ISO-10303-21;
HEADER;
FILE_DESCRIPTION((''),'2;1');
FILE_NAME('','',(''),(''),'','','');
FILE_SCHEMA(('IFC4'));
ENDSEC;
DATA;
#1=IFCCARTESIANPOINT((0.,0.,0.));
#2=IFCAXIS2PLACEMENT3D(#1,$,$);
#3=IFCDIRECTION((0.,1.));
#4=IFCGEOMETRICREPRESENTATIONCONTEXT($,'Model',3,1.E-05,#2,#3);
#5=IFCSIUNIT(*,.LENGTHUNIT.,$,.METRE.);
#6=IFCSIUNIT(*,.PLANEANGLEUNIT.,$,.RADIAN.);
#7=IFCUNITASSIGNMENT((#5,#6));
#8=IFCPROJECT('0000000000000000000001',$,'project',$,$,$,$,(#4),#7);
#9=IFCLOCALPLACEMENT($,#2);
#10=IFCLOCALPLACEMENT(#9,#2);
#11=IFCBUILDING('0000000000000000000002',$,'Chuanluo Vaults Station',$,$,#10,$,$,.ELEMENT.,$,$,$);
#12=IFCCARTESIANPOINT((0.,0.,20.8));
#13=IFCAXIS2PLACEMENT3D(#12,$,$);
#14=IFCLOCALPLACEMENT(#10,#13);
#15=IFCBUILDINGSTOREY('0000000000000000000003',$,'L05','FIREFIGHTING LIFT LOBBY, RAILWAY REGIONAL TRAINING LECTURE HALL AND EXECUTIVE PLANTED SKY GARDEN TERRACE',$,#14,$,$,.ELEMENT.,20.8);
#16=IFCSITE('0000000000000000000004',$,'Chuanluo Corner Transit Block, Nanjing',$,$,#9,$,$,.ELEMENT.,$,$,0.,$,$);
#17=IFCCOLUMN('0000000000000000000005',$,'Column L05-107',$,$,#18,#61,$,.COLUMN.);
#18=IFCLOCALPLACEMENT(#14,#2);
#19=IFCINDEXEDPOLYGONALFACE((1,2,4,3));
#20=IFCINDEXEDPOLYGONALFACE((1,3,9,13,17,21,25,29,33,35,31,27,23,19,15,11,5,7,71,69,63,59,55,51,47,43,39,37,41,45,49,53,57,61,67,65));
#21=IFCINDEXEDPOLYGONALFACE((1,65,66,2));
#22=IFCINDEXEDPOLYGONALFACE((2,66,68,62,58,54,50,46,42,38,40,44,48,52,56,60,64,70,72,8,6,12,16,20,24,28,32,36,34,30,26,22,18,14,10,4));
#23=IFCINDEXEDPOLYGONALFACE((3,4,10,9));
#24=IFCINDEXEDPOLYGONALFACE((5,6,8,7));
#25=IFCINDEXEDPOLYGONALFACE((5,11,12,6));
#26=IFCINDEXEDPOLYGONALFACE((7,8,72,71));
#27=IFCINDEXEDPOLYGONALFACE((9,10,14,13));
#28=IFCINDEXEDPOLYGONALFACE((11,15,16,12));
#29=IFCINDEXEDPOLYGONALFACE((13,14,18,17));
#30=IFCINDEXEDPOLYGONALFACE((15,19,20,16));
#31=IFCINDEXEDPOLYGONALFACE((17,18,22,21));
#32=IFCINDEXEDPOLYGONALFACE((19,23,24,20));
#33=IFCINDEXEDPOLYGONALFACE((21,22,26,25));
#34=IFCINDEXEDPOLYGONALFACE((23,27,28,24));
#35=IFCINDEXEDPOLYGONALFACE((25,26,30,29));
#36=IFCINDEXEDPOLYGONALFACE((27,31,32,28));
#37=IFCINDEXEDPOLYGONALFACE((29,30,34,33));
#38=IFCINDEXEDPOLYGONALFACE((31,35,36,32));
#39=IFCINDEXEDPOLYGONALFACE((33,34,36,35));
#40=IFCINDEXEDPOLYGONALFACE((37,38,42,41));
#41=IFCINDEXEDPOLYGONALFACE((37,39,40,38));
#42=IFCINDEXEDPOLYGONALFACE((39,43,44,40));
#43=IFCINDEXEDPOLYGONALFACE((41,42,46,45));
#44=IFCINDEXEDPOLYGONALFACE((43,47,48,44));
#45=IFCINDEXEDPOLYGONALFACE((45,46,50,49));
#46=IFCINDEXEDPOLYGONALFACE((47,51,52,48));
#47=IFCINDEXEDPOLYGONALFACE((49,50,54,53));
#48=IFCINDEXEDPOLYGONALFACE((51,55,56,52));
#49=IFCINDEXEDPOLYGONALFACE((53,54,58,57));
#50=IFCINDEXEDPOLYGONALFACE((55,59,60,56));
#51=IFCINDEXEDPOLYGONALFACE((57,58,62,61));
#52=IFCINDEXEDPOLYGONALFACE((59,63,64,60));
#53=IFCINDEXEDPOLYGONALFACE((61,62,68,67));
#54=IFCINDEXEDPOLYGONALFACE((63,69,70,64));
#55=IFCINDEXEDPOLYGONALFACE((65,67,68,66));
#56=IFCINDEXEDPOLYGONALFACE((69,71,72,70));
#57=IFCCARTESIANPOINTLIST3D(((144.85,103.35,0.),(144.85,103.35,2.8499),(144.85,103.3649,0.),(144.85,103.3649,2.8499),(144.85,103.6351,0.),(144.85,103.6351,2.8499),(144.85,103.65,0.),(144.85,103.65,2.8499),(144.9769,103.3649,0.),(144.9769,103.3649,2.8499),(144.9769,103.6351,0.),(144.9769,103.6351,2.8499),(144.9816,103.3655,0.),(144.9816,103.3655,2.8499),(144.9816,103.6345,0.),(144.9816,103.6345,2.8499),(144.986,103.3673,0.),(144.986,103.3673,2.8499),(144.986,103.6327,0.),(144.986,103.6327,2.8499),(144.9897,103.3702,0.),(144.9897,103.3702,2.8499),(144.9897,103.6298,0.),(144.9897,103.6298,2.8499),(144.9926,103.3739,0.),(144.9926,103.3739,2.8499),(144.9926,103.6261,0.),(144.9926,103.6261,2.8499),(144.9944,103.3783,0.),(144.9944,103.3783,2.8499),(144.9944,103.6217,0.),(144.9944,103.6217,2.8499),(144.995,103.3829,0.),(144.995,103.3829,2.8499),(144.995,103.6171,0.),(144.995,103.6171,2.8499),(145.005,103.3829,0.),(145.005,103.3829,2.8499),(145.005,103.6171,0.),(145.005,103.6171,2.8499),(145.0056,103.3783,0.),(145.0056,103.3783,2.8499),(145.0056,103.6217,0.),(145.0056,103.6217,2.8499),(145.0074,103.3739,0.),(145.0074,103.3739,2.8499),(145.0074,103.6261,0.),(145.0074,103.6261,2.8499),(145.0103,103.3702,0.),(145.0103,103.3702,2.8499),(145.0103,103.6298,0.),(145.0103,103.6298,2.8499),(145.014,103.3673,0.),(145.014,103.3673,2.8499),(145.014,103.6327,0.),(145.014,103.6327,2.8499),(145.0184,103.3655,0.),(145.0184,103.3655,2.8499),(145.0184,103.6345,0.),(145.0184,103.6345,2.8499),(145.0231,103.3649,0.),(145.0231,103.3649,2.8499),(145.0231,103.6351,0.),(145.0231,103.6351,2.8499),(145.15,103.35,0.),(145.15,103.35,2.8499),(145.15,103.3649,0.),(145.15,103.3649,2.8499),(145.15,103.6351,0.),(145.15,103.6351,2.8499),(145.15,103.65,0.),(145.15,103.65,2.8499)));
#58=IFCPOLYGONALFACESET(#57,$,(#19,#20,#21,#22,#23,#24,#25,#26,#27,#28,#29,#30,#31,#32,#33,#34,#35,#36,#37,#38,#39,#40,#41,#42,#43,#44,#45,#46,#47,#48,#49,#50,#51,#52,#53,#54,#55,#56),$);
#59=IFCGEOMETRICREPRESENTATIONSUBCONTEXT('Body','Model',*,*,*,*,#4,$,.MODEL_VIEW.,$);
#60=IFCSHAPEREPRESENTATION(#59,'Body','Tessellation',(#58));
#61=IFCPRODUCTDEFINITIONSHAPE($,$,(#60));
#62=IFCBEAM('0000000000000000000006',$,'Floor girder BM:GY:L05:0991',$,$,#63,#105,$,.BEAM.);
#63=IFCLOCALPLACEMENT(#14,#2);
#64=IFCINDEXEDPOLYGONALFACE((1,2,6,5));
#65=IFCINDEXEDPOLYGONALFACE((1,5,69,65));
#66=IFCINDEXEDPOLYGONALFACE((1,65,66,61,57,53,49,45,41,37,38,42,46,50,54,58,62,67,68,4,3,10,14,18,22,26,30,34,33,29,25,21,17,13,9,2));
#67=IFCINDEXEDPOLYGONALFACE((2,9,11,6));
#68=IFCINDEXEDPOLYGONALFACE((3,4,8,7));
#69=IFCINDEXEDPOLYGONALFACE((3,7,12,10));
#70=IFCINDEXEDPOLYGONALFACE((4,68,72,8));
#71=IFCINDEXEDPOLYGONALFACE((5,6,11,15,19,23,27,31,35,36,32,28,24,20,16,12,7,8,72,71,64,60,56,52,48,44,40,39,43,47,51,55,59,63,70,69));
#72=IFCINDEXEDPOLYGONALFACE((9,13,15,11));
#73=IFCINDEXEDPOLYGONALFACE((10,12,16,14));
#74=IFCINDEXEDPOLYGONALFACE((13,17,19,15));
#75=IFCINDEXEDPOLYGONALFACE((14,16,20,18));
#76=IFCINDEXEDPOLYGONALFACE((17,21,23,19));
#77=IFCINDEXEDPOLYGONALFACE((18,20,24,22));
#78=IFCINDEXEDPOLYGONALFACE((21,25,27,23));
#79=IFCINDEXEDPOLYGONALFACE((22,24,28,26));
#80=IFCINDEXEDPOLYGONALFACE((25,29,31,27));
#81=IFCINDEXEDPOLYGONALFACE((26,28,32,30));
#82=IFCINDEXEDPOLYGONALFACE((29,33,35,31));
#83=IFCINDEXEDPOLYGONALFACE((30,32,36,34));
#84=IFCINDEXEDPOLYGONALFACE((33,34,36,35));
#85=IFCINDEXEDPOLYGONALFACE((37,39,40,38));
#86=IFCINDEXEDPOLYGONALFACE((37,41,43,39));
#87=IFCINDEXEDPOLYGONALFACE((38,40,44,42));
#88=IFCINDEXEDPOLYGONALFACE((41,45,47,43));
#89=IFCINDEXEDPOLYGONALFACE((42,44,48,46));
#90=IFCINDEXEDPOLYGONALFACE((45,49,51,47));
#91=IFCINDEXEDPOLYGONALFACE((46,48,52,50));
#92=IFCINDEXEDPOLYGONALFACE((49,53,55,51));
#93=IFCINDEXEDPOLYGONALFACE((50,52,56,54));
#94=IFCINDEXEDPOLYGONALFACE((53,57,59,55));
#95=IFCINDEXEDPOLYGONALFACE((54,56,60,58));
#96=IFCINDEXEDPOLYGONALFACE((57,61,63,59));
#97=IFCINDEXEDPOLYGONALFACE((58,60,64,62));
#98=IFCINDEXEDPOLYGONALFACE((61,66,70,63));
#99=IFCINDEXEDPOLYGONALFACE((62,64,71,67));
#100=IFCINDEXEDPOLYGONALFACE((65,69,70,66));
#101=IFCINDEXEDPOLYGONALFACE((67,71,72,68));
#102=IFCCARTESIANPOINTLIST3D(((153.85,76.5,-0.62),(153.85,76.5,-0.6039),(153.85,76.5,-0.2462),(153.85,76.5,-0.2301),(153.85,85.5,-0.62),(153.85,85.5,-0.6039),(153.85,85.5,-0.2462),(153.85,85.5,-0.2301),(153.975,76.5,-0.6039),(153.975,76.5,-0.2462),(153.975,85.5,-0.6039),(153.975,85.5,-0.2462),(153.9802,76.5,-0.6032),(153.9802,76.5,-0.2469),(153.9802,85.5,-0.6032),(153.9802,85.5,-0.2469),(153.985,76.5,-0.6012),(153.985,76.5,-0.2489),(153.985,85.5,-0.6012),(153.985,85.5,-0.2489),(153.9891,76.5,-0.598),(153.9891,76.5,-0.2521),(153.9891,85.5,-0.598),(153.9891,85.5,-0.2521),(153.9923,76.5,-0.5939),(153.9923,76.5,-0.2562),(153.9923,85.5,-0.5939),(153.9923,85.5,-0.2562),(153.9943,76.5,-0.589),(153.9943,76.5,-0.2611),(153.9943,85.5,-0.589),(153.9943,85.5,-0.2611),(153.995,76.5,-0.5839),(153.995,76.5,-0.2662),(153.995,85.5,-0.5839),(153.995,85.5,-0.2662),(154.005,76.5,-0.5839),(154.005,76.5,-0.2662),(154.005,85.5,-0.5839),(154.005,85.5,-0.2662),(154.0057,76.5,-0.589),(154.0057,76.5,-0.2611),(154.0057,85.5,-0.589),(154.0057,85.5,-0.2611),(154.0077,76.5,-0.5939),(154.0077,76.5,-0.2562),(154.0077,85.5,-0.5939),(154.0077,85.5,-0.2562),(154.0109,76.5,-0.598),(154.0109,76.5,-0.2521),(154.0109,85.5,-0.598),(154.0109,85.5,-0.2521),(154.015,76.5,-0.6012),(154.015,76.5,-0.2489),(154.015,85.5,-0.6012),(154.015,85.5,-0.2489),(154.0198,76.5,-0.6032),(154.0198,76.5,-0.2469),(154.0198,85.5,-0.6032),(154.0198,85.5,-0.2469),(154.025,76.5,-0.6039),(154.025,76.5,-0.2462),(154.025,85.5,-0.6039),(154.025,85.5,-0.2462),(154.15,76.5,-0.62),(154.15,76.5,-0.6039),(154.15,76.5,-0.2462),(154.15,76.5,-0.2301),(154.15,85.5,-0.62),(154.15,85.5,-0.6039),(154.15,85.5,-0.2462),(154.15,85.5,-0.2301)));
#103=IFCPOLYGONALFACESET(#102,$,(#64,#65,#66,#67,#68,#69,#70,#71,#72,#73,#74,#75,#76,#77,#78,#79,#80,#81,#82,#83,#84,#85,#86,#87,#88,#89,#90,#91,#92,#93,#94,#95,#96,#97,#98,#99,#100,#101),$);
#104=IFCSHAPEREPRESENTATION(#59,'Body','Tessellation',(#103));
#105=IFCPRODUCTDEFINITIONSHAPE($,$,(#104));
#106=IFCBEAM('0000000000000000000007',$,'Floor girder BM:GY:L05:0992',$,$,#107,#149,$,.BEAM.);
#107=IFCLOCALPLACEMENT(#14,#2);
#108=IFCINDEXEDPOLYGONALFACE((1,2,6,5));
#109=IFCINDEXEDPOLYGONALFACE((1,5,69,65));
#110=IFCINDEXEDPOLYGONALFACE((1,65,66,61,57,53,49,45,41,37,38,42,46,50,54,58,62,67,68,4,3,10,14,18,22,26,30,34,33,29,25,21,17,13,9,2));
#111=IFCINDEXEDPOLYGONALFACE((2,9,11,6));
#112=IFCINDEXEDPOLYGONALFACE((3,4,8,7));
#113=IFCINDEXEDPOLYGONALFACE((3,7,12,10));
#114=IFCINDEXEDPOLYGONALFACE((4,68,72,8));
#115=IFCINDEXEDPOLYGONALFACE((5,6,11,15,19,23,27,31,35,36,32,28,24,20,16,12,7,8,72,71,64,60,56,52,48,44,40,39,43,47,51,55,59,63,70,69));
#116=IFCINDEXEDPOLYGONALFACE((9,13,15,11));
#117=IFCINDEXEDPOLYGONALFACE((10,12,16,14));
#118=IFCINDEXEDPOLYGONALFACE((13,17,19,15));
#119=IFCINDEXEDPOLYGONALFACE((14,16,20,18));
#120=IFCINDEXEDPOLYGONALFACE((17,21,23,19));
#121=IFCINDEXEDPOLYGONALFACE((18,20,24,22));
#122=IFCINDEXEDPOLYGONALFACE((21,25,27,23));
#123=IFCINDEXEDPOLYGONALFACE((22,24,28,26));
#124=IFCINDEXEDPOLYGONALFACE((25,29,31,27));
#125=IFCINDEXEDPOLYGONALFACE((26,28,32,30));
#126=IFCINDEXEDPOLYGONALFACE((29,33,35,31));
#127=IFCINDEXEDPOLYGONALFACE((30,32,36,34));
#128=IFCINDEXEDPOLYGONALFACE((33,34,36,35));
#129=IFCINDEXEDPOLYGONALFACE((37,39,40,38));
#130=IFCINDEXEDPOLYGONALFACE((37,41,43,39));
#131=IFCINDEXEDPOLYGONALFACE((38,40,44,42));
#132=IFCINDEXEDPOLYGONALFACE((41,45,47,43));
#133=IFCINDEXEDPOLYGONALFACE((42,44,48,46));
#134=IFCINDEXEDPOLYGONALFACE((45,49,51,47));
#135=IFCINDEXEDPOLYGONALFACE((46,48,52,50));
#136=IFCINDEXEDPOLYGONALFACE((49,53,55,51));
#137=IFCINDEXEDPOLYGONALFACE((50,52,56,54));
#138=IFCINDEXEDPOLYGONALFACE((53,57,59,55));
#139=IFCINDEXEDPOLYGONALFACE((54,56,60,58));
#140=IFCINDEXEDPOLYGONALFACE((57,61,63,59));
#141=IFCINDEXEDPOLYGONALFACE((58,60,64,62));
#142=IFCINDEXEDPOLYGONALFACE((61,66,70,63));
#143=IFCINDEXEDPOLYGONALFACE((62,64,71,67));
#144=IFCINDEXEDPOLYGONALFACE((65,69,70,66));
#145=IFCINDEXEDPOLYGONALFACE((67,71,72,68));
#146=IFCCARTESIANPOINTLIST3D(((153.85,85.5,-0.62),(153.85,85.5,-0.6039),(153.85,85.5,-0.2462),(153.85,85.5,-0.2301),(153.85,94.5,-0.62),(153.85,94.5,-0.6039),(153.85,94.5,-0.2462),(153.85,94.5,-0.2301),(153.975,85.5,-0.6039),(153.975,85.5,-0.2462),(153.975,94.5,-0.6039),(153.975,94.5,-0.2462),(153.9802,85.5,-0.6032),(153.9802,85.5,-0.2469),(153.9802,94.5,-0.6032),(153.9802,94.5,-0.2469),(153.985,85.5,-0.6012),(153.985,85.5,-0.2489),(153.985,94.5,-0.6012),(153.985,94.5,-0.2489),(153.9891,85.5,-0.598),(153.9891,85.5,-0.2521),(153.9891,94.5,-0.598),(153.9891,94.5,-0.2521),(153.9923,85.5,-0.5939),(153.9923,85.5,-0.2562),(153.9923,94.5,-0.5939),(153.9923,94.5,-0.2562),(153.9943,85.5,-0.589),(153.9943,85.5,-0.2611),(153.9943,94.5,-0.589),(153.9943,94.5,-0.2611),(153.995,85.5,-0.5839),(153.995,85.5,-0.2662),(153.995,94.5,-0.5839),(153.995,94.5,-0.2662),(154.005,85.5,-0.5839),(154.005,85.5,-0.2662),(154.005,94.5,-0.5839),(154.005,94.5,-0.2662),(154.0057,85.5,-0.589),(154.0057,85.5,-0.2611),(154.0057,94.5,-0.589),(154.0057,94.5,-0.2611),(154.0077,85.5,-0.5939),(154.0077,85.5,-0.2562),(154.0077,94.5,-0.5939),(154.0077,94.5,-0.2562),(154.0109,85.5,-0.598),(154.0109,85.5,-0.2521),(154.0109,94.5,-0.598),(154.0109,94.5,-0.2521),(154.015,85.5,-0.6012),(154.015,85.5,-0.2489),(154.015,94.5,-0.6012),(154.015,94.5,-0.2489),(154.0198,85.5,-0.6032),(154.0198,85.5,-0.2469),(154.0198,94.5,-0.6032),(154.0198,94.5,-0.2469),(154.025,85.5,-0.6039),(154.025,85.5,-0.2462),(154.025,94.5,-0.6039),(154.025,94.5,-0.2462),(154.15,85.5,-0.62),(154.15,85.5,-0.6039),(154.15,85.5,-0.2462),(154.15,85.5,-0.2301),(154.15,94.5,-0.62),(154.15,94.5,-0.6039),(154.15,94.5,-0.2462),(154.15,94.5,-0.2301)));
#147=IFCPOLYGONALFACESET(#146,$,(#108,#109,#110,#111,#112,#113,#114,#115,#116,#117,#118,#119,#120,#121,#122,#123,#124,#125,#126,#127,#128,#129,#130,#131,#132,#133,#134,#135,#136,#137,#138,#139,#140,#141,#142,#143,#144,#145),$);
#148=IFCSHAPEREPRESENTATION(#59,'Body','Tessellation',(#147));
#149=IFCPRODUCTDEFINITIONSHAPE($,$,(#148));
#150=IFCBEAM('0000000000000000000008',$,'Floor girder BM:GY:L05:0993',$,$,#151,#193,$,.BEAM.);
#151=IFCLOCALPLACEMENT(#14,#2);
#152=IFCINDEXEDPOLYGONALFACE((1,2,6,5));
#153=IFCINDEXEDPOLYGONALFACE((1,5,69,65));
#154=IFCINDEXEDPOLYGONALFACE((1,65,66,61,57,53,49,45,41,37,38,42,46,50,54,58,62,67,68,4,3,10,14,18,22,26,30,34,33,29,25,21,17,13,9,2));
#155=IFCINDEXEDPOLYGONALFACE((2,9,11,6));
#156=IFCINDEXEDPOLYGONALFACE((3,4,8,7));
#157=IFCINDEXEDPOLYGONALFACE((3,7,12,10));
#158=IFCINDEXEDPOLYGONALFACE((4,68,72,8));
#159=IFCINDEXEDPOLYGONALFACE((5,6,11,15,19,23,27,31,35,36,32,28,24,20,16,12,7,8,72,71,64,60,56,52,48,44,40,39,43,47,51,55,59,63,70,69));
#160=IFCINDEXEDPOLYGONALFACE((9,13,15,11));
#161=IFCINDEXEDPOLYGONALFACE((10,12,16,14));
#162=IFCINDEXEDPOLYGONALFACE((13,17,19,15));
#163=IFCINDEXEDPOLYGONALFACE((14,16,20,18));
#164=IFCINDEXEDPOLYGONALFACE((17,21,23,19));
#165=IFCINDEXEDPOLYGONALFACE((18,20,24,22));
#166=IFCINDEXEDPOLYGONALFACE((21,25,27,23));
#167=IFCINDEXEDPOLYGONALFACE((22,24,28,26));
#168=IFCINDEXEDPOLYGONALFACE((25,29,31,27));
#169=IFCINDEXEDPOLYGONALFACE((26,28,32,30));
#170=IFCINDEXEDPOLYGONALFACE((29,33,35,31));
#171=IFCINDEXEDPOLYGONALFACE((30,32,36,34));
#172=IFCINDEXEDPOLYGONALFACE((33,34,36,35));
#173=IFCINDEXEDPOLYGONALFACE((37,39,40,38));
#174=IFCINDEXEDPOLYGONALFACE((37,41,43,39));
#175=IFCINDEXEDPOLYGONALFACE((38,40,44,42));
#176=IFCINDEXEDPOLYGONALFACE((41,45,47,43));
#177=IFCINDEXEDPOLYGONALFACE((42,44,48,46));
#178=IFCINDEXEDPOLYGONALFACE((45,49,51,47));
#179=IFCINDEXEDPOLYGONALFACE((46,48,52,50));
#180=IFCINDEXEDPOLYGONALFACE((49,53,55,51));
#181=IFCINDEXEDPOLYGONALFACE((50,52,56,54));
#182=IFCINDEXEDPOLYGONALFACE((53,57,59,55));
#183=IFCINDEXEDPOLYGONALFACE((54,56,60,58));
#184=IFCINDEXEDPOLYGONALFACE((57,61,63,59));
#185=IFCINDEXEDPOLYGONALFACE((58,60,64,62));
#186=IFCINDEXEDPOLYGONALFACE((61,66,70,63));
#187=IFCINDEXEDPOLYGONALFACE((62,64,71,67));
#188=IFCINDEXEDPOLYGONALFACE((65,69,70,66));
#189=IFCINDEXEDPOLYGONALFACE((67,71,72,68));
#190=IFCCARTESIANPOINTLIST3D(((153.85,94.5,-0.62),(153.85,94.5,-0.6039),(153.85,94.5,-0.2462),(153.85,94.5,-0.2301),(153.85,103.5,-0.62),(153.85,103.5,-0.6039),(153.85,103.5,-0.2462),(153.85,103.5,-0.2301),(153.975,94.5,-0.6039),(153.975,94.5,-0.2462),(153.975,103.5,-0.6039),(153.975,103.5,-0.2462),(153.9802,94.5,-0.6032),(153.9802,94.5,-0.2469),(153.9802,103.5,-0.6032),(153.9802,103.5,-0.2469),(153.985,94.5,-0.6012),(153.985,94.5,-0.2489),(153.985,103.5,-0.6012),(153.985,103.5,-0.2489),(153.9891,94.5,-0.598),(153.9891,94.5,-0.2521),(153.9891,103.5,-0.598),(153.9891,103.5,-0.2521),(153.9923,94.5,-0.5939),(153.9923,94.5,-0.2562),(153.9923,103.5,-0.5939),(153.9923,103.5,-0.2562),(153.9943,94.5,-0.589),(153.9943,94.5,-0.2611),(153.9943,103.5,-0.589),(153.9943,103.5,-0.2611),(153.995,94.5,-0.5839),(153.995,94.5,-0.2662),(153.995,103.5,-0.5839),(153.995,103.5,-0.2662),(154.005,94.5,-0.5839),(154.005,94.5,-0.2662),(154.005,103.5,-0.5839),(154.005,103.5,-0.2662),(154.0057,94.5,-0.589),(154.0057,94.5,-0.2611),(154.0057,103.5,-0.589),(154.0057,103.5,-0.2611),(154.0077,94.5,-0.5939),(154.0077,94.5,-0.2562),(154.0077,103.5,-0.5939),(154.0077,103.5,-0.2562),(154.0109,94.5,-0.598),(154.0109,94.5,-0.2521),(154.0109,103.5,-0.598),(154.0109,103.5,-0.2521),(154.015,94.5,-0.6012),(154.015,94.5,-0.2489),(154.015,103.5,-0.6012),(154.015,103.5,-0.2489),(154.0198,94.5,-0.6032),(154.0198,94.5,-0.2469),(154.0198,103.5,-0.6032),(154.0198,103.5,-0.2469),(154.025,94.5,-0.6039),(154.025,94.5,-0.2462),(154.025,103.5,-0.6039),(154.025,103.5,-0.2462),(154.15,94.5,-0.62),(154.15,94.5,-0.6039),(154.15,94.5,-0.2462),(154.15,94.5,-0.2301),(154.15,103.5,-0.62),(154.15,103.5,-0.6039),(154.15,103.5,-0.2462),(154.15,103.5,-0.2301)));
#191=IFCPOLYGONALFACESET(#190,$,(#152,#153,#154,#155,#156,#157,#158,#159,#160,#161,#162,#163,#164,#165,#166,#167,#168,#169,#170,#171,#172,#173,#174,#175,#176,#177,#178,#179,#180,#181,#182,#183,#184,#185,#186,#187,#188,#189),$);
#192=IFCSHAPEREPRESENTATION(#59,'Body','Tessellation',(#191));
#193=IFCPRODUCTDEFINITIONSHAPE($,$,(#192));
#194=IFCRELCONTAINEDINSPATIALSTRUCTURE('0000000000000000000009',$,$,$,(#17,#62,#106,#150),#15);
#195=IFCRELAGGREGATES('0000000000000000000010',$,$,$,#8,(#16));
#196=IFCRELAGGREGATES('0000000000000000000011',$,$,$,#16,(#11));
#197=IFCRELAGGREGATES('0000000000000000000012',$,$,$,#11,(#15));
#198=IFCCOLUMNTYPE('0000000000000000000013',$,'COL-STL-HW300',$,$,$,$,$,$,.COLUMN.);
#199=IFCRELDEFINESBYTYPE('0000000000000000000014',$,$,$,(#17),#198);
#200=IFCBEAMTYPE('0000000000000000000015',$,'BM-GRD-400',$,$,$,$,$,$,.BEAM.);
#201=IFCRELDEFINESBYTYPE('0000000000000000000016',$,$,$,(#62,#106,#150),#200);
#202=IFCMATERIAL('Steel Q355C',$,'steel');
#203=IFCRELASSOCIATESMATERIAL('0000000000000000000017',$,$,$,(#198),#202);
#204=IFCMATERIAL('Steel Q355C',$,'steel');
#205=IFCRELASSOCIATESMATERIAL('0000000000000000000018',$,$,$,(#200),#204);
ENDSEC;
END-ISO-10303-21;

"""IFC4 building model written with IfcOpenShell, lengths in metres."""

from ifc_helpers import new_model, si_unit, direction, frame, origin, origin_2d, place, context, subcontext, project, spatial, i_section, extrude, material, material_profile, profile_set, type_object, element, save


model = new_model("IFC4")

# Units and contexts
model_context = context("Model", 3, precision=1e-05, world=origin(), true_north=direction((0.0, 1.0)))
body_context = subcontext(model_context, "Body", "Model", "MODEL_VIEW")
ifc_project = project(units=[si_unit("LENGTHUNIT", "METRE"), si_unit("PLANEANGLEUNIT", "RADIAN")], contexts=[model_context])

# Site, building, storey
site_placement = place(None, origin())
site = spatial("IfcSite", under=ifc_project, at=site_placement, Name="Chuanluo Corner Transit Block, Nanjing", CompositionType="ELEMENT", RefElevation=0.0)
building_placement = place(site_placement, origin())
building = spatial("IfcBuilding", under=site, at=building_placement, Name="Chuanluo Vaults Station", CompositionType="ELEMENT")
storey_placement = place(building_placement, frame((0.0, 0.0, 20.8)))
storey = spatial("IfcBuildingStorey", under=building, at=storey_placement, Name="L05", Description="FIREFIGHTING LIFT LOBBY, RAILWAY REGIONAL TRAINING LECTURE HALL AND EXECUTIVE PLANTED SKY GARDEN TERRACE", CompositionType="ELEMENT", Elevation=20.8)

# Column
ifc_material_1 = material(Name="Steel Q355C", Category="steel")
ifc_material_profile_1 = material_profile(ifc_material_1, i_section(OverallWidth=0.3, OverallDepth=0.3, WebThickness=0.01, FlangeThickness=0.0149, FilletRadius=0.0181, at=origin_2d()))
ifc_profile_set_1 = profile_set([ifc_material_profile_1], Name="Steel Q355C")
column_type = type_object("IfcColumnType", Name="COL-STL-HW300", PredefinedType="COLUMN", material=ifc_profile_set_1)
column_placement = place(storey_placement, frame((145.0, 103.5, 0.0), z_axis=(0.0, 0.0, 1.0), x_axis=(1.0, 0.0, 0.0)))
element("IfcColumn", 1, at=column_placement, inside=storey, type_object=column_type, Name="Column L05-107", PredefinedType="COLUMN", context=body_context, shape_type="SweptSolid", body=[
    extrude(i_section(OverallWidth=0.3, OverallDepth=0.3, WebThickness=0.01, FlangeThickness=0.0149, FilletRadius=0.0181, at=origin_2d()), origin(), (0.0, 0.0, 1.0), 2.8499),
])

# Beams
ifc_material_2 = material(Name="Steel Q355C", Category="steel")
ifc_material_profile_2 = material_profile(ifc_material_2, i_section(OverallWidth=0.3, OverallDepth=0.3899, WebThickness=0.01, FlangeThickness=0.0161, FilletRadius=0.02, at=origin_2d()))
ifc_profile_set_2 = profile_set([ifc_material_profile_2], Name="Steel Q355C")
beam_type_1 = type_object("IfcBeamType", Name="BM-GRD-400", PredefinedType="BEAM", material=ifc_profile_set_2)
for number, where, z_axis, x_axis, name in (
    (2, (154.0, 76.5, -0.425), (0.0, 1.0, 0.0), (-1.0, 0.0, 0.0), "Floor girder BM:GY:L05:0991"),
    (3, (154.0, 85.5, -0.425), (0.0, 1.0, 0.0), (-1.0, 0.0, 0.0), "Floor girder BM:GY:L05:0992"),
    (4, (154.0, 94.5, -0.425), (0.0, 1.0, 0.0), (-1.0, 0.0, 0.0), "Floor girder BM:GY:L05:0993"),
):
    element("IfcBeam", number, at=place(storey_placement, frame(where, z_axis=z_axis, x_axis=x_axis)), inside=storey, type_object=beam_type_1, Name=name, PredefinedType="BEAM", context=body_context, shape_type="SweptSolid", body=[
        extrude(i_section(OverallWidth=0.3, OverallDepth=0.3899, WebThickness=0.01, FlangeThickness=0.0161, FilletRadius=0.02, at=origin_2d()), origin(), (0.0, 0.0, 1.0), 9.0),
    ])

save(model, "model.ifc")
